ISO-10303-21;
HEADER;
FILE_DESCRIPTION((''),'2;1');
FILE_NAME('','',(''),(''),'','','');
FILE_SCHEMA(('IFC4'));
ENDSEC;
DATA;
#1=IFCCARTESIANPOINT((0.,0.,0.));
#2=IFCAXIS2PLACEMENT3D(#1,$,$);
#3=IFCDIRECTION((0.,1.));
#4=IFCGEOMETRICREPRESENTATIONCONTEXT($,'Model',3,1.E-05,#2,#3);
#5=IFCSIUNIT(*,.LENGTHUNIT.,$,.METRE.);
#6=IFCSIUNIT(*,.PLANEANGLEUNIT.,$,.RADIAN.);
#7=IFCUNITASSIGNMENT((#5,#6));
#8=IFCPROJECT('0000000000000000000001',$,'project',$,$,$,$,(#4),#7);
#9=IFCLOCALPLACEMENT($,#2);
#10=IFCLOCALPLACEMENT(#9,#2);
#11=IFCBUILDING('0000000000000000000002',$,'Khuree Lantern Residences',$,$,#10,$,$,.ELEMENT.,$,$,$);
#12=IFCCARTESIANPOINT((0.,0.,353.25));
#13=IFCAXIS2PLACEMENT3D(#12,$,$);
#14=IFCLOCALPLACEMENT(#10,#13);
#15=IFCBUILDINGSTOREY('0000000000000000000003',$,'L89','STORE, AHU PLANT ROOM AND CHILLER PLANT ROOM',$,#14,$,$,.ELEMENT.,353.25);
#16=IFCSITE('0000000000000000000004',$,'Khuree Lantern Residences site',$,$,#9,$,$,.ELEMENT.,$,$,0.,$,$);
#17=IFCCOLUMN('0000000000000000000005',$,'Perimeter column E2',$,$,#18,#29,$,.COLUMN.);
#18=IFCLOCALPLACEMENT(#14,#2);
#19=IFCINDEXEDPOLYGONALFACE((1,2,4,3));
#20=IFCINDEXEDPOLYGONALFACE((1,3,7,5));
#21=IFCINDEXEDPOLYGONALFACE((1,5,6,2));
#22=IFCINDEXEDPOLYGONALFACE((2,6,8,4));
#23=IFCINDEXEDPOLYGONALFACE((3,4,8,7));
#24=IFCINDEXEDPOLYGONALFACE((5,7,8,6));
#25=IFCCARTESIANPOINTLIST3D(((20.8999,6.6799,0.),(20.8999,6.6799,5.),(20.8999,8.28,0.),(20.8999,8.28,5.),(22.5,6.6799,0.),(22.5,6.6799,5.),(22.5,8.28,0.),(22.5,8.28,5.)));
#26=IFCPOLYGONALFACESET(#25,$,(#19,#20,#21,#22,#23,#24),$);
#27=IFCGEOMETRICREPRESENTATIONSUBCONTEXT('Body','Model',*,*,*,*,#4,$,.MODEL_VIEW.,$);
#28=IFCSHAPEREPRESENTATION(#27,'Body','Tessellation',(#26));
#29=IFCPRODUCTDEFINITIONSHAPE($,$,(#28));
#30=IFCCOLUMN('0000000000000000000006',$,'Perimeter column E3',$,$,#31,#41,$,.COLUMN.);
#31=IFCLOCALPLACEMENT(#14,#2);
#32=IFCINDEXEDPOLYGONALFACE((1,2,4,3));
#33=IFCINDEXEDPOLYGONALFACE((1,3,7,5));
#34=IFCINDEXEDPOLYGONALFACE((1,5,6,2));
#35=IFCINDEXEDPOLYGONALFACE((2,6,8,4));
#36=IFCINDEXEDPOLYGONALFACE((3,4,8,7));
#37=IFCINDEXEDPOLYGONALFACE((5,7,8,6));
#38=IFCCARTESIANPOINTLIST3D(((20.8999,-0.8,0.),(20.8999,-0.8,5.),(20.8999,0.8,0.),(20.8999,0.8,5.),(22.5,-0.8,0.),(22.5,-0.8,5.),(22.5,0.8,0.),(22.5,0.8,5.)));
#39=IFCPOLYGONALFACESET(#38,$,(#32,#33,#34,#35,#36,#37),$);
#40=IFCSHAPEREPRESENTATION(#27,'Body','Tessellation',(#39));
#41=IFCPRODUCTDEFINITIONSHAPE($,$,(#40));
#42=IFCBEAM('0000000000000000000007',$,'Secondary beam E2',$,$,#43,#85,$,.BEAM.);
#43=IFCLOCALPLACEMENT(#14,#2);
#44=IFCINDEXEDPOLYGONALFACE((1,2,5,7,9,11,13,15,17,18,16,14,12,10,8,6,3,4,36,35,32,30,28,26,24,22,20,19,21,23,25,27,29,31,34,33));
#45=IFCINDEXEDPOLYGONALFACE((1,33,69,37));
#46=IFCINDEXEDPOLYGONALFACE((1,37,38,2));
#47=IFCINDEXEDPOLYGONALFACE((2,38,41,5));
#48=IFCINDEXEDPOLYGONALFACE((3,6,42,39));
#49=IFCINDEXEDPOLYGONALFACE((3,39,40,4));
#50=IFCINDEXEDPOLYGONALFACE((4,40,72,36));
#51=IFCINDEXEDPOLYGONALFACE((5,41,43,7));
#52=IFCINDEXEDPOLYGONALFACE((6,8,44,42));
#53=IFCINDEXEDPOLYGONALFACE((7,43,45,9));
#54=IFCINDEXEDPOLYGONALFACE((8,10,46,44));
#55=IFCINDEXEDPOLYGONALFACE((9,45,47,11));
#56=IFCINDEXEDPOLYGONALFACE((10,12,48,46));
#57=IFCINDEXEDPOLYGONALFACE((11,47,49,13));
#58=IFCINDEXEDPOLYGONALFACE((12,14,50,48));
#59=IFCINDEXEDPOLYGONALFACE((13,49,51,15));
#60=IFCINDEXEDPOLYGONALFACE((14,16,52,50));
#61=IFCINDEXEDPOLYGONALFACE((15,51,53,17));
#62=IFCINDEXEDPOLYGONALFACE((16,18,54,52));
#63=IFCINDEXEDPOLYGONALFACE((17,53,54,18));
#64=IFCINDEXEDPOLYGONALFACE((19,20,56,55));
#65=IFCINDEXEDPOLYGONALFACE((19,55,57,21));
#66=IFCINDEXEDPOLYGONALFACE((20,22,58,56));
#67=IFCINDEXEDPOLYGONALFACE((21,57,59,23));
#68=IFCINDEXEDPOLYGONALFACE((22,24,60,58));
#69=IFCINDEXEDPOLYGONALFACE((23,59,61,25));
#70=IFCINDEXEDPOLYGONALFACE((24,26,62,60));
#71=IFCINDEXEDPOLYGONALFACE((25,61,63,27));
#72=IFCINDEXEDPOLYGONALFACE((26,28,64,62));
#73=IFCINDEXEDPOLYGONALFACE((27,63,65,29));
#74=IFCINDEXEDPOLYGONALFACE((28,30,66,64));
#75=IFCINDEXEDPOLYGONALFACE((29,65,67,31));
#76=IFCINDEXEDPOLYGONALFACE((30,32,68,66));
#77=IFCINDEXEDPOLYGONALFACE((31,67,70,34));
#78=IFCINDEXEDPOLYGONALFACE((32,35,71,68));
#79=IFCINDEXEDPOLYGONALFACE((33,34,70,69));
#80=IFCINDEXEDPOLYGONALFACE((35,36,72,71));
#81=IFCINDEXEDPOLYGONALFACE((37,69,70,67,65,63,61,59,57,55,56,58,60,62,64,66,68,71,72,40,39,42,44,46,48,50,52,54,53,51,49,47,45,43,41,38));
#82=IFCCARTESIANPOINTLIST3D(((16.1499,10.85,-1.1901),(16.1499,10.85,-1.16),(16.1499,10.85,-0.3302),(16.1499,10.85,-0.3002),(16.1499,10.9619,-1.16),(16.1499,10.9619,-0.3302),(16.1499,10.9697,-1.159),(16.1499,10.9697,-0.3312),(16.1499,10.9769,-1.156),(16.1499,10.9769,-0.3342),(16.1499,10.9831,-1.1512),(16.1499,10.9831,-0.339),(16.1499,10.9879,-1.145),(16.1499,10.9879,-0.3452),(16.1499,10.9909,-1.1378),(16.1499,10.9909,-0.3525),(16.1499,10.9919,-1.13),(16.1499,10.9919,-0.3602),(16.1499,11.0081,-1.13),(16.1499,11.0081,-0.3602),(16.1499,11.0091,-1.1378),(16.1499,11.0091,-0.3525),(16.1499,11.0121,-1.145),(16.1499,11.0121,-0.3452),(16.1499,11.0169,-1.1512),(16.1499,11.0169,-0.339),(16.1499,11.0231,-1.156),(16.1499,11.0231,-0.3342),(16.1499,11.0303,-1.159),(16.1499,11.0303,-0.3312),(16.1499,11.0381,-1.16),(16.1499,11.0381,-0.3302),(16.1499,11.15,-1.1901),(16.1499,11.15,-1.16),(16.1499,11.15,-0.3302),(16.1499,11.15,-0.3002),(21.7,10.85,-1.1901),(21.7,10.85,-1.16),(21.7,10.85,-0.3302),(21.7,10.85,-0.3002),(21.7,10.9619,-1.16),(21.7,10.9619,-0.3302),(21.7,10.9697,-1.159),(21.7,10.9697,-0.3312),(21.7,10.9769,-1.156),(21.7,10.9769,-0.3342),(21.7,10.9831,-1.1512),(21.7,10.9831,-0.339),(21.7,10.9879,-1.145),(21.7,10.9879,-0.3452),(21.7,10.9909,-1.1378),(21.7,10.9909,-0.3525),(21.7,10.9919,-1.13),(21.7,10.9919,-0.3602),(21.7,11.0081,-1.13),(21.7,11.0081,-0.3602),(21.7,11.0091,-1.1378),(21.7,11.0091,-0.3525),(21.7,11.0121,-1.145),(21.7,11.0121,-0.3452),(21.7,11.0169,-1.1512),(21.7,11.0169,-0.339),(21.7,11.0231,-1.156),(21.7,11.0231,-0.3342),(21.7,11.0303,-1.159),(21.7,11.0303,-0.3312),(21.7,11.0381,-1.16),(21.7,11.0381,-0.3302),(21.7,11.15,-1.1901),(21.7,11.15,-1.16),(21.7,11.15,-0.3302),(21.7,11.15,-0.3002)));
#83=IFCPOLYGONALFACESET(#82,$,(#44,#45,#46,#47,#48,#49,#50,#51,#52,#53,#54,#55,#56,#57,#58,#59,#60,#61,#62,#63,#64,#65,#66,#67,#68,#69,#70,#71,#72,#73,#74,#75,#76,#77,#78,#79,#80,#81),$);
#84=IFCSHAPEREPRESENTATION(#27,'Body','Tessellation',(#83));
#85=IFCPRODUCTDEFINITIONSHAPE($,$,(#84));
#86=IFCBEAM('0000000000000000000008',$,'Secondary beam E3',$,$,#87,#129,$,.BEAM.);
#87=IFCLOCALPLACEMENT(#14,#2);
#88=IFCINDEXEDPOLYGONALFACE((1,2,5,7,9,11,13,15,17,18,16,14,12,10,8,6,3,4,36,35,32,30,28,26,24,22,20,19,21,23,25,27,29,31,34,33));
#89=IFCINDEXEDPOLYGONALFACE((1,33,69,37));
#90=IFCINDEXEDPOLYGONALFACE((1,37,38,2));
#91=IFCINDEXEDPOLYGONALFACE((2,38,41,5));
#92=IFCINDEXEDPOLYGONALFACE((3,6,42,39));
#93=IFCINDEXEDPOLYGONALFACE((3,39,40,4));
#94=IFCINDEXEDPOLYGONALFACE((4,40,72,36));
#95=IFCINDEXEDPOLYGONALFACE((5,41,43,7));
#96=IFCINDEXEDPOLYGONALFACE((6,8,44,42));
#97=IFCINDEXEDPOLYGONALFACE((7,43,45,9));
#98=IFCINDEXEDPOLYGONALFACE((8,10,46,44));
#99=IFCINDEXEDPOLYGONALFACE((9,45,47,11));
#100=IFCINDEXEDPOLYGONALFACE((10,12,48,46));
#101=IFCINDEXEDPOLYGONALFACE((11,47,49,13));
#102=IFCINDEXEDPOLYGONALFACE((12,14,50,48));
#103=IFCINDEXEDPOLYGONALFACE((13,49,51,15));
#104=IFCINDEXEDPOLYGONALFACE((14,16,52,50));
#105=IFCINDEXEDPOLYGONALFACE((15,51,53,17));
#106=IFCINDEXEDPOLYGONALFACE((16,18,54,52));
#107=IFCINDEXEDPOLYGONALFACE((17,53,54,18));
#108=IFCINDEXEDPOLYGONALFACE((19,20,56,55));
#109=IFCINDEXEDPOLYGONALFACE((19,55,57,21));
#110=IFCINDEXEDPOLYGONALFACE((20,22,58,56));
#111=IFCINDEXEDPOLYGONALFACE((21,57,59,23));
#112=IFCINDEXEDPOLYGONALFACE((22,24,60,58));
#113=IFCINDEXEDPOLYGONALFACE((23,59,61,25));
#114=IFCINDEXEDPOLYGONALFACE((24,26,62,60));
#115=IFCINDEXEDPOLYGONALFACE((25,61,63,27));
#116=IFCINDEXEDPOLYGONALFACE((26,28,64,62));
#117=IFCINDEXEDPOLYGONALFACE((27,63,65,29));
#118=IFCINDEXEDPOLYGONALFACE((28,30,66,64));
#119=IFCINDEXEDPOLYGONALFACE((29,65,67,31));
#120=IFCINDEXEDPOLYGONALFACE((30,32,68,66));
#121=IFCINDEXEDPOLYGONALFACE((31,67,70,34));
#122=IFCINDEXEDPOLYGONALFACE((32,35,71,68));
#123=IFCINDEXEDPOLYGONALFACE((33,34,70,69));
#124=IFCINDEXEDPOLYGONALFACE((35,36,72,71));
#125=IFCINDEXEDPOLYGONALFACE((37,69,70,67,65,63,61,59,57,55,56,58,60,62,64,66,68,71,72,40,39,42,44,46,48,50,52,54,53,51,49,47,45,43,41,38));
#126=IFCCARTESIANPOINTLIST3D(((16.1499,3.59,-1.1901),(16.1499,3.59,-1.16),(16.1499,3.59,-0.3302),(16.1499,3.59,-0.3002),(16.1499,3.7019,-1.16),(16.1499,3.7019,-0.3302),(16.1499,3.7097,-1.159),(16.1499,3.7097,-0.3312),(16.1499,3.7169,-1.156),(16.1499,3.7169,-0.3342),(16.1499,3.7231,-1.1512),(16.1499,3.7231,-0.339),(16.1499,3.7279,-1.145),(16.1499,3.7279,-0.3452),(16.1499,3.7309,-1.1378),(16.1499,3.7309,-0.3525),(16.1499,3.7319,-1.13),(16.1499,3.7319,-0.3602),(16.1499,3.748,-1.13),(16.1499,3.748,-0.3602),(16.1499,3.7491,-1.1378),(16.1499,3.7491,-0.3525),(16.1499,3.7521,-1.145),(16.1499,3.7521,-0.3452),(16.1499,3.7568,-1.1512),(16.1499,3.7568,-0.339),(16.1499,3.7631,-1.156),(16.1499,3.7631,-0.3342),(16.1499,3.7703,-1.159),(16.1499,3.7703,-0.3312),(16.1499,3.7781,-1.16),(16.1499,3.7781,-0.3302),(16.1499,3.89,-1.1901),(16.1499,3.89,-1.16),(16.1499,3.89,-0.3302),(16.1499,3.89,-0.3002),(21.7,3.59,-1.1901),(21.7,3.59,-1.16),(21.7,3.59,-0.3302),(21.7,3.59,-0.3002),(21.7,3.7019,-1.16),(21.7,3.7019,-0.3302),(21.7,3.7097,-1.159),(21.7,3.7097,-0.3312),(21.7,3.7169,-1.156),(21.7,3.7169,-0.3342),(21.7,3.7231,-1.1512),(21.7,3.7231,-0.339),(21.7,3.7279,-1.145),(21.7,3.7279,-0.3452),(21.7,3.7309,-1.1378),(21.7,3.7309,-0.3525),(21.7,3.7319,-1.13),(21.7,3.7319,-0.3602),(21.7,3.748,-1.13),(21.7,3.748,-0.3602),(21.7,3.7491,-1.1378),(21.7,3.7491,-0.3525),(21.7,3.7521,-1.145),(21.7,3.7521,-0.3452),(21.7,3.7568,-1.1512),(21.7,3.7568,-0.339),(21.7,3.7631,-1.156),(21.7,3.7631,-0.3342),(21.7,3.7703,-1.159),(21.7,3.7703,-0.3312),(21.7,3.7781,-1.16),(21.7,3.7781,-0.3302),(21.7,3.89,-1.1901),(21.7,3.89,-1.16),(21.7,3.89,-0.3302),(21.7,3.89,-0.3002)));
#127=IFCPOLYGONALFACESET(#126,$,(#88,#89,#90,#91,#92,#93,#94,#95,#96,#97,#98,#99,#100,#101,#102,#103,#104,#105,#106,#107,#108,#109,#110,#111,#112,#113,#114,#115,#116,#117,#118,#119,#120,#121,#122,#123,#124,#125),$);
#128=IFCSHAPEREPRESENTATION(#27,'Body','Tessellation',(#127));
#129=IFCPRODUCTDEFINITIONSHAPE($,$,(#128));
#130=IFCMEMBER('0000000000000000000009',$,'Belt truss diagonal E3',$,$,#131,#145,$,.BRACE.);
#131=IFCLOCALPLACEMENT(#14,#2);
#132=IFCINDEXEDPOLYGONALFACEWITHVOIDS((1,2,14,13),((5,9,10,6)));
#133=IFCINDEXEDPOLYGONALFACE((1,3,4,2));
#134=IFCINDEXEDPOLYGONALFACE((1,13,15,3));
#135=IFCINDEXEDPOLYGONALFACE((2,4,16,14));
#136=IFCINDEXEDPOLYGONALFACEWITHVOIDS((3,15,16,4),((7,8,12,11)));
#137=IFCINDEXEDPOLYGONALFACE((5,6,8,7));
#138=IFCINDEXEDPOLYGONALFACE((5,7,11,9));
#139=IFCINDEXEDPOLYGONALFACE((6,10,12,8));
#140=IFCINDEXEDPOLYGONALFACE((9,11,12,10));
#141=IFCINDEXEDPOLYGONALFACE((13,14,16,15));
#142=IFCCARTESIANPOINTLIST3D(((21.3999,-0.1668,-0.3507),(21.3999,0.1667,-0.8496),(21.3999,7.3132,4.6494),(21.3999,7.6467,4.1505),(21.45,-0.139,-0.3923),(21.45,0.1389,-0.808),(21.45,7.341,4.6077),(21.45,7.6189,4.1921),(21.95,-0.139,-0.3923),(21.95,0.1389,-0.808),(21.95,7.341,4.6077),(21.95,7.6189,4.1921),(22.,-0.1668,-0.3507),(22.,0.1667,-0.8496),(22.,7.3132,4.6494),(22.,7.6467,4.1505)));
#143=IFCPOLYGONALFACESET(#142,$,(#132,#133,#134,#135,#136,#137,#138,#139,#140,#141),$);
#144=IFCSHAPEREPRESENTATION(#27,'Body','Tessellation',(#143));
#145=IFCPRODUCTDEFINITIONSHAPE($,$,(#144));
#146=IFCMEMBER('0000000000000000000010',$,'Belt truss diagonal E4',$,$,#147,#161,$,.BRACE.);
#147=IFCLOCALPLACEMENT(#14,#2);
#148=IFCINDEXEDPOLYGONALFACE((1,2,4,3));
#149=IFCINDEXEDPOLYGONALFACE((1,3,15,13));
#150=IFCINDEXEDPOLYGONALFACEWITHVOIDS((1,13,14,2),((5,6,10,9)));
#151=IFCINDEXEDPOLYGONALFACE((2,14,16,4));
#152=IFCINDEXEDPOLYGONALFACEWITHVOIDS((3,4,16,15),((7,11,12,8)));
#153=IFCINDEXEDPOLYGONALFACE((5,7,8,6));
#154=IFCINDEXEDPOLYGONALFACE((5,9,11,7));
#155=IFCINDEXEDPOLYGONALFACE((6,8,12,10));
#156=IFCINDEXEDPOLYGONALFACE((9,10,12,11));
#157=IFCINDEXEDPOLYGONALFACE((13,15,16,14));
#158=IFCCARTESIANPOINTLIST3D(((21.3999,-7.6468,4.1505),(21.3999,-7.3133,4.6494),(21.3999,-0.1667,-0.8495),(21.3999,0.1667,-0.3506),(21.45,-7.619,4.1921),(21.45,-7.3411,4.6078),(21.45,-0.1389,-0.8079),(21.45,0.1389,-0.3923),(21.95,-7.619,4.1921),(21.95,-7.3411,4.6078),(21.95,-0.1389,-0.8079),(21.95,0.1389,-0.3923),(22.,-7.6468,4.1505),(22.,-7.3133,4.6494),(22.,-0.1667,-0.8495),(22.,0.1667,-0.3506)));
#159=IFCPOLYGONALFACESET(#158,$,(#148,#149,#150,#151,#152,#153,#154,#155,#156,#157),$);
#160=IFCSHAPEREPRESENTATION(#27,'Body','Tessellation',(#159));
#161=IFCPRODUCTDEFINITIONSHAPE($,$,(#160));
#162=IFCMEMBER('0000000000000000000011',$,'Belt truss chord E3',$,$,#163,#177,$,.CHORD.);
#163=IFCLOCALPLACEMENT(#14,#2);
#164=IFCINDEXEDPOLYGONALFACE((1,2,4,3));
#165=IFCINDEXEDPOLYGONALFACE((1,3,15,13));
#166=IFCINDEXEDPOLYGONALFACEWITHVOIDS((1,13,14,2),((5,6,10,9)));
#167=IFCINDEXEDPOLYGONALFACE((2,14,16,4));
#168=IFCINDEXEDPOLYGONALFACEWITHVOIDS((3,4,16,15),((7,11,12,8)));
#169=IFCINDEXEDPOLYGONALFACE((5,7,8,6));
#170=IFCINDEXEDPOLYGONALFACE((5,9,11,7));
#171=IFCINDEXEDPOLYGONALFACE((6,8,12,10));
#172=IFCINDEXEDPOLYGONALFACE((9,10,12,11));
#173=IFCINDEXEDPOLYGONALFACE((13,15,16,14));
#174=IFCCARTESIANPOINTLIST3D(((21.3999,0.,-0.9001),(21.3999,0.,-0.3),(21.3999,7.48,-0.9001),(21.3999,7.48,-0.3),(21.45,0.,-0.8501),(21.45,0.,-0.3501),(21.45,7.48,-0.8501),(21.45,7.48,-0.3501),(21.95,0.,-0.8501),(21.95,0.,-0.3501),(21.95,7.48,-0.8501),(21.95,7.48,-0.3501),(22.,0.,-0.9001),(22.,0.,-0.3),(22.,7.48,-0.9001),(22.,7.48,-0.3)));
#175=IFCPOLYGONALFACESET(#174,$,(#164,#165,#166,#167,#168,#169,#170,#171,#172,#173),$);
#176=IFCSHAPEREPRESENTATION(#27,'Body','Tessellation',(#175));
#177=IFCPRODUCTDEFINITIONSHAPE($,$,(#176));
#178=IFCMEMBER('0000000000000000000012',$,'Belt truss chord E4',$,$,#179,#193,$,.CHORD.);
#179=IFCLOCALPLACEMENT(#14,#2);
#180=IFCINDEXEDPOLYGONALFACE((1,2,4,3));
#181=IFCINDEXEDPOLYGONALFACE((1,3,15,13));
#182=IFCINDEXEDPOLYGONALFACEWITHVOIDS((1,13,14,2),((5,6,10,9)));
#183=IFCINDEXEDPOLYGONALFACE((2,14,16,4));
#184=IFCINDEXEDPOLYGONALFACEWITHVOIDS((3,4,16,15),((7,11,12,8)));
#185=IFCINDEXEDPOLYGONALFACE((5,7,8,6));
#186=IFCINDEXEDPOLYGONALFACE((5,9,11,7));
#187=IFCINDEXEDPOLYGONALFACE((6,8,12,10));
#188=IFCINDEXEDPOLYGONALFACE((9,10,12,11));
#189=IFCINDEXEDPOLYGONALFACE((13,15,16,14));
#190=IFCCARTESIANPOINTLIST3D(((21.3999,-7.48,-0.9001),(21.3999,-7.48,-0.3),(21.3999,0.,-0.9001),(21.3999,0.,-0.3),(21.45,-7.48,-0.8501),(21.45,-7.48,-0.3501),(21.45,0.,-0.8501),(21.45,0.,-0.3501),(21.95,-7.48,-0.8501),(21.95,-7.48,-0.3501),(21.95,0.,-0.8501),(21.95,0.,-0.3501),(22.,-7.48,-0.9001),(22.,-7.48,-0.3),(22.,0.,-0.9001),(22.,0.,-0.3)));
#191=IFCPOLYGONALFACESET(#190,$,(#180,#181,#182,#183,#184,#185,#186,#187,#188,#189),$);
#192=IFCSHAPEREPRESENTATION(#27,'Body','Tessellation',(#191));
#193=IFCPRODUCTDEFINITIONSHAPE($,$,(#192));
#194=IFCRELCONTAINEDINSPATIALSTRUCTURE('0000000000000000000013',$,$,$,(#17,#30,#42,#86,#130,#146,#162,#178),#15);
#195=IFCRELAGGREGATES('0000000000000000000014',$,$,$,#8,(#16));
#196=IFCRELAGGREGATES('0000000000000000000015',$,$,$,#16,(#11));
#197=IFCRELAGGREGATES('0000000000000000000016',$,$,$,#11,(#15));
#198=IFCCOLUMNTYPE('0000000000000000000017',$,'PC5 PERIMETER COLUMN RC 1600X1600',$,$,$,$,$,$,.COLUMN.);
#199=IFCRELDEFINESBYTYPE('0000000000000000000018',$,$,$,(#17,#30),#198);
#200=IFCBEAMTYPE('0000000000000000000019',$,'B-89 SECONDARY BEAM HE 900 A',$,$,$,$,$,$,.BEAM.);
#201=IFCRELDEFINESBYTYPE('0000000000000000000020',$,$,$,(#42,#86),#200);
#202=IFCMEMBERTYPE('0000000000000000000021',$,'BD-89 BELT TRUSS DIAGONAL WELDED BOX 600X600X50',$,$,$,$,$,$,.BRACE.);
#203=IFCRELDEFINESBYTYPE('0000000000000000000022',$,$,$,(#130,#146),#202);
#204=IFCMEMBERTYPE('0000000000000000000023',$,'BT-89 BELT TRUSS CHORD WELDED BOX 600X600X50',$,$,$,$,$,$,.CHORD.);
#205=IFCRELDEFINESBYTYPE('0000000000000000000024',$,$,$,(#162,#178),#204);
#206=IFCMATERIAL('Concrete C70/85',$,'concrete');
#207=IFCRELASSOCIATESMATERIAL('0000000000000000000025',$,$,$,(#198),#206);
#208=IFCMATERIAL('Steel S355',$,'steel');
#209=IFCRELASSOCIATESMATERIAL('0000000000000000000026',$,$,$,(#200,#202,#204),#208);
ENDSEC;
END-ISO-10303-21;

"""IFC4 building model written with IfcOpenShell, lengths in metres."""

from ifc_helpers import new_model, si_unit, direction, frame, origin, origin_2d, place, context, subcontext, project, spatial, rectangle, hollow_rectangle, i_section, extrude, material, material_profile, profile_set, type_object, element, save


model = new_model("IFC4")

# Units and contexts
model_context = context("Model", 3, precision=1e-05, world=origin(), true_north=direction((0.0, 1.0)))
body_context = subcontext(model_context, "Body", "Model", "MODEL_VIEW")
ifc_project = project(units=[si_unit("LENGTHUNIT", "METRE"), si_unit("PLANEANGLEUNIT", "RADIAN")], contexts=[model_context])

# Site, building, storey
site_placement = place(None, origin())
site = spatial("IfcSite", under=ifc_project, at=site_placement, Name="Khuree Lantern Residences site", CompositionType="ELEMENT", RefElevation=0.0)
building_placement = place(site_placement, origin())
building = spatial("IfcBuilding", under=site, at=building_placement, Name="Khuree Lantern Residences", CompositionType="ELEMENT")
storey_placement = place(building_placement, frame((0.0, 0.0, 353.25)))
storey = spatial("IfcBuildingStorey", under=building, at=storey_placement, Name="L89", Description="STORE, AHU PLANT ROOM AND CHILLER PLANT ROOM", CompositionType="ELEMENT", Elevation=353.25)

# Columns
ifc_material_1 = material(Name="Concrete C70/85", Category="concrete")
ifc_material_profile_1 = material_profile(ifc_material_1, rectangle(XDim=1.6001, YDim=1.6001, at=origin_2d()), Name="RC 1600X1600")
ifc_profile_set_1 = profile_set([ifc_material_profile_1], Name="Concrete C70/85")
column_type = type_object("IfcColumnType", Name="PC5 PERIMETER COLUMN RC 1600X1600", PredefinedType="COLUMN", material=ifc_profile_set_1)
for number, where, z_axis, x_axis, name in (
    (1, (21.7, 7.48, 0.0), (0.0, 0.0, 1.0), (0.0, 1.0, 0.0), "Perimeter column E2"),
    (2, (21.7, 0.0, 0.0), (0.0, 0.0, 1.0), (0.0, 1.0, 0.0), "Perimeter column E3"),
):
    element("IfcColumn", number, at=place(storey_placement, frame(where, z_axis=z_axis, x_axis=x_axis)), inside=storey, type_object=column_type, Name=name, PredefinedType="COLUMN", context=body_context, shape_type="SweptSolid", body=[
        extrude(rectangle(XDim=1.6001, YDim=1.6001, at=origin_2d()), origin(), (0.0, 0.0, 1.0), 5.0),
    ])

# Beams
ifc_material_2 = material(Name="Steel S355", Category="steel")
ifc_material_profile_2 = material_profile(ifc_material_2, i_section(OverallWidth=0.3, OverallDepth=0.8899, WebThickness=0.0161, FlangeThickness=0.03, FilletRadius=0.03, at=origin_2d()), Name="HE 900 A")
ifc_profile_set_2 = profile_set([ifc_material_profile_2], Name="Steel S355")
beam_type = type_object("IfcBeamType", Name="B-89 SECONDARY BEAM HE 900 A", PredefinedType="BEAM", material=ifc_profile_set_2)
for number, where, z_axis, x_axis, name in (
    (3, (21.7, 11.0, -0.7451), (-1.0, 0.0, 0.0), (0.0, -1.0, 0.0), "Secondary beam E2"),
    (4, (21.7, 3.74, -0.7451), (-1.0, 0.0, 0.0), (0.0, -1.0, 0.0), "Secondary beam E3"),
):
    element("IfcBeam", number, at=place(storey_placement, frame(where, z_axis=z_axis, x_axis=x_axis)), inside=storey, type_object=beam_type, Name=name, PredefinedType="BEAM", context=body_context, shape_type="SweptSolid", body=[
        extrude(i_section(OverallWidth=0.3, OverallDepth=0.8899, WebThickness=0.0161, FlangeThickness=0.03, FilletRadius=0.03, at=origin_2d()), origin(), (0.0, 0.0, 1.0), 5.55),
    ])

# Members
ifc_material_profile_3 = material_profile(ifc_material_2, hollow_rectangle(XDim=0.6001, YDim=0.6001, WallThickness=0.05, at=origin_2d()), Name="WELDED BOX 600X600X50")
ifc_profile_set_3 = profile_set([ifc_material_profile_3], Name="Steel S355")
member_type_1 = type_object("IfcMemberType", Name="BD-89 BELT TRUSS DIAGONAL WELDED BOX 600X600X50", PredefinedType="BRACE", material=ifc_profile_set_3)
for number, where, z_axis, x_axis, name in (
    (5, (21.7, 7.48, 4.3999), (0.0, -0.831365, -0.555727), (1.0, 0.0, 0.0), "Belt truss diagonal E3"),
    (6, (21.7, 0.0, -0.6001), (0.0, -0.831365, 0.555727), (1.0, 0.0, 0.0), "Belt truss diagonal E4"),
):
    element("IfcMember", number, at=place(storey_placement, frame(where, z_axis=z_axis, x_axis=x_axis)), inside=storey, type_object=member_type_1, Name=name, PredefinedType="BRACE", context=body_context, shape_type="SweptSolid", body=[
        extrude(hollow_rectangle(XDim=0.6001, YDim=0.6001, WallThickness=0.05, at=origin_2d()), origin(), (0.0, 0.0, 1.0), 8.9973),
    ])
ifc_material_profile_4 = material_profile(ifc_material_2, hollow_rectangle(XDim=0.6001, YDim=0.6001, WallThickness=0.05, at=origin_2d()), Name="WELDED BOX 600X600X50")
ifc_profile_set_4 = profile_set([ifc_material_profile_4], Name="Steel S355")
member_type_2 = type_object("IfcMemberType", Name="BT-89 BELT TRUSS CHORD WELDED BOX 600X600X50", PredefinedType="CHORD", material=ifc_profile_set_4)
for number, where, z_axis, x_axis, name in (
    (7, (21.7, 7.48, -0.6001), (0.0, -1.0, 0.0), (1.0, 0.0, 0.0), "Belt truss chord E3"),
    (8, (21.7, 0.0, -0.6001), (0.0, -1.0, 0.0), (1.0, 0.0, 0.0), "Belt truss chord E4"),
):
    element("IfcMember", number, at=place(storey_placement, frame(where, z_axis=z_axis, x_axis=x_axis)), inside=storey, type_object=member_type_2, Name=name, PredefinedType="CHORD", context=body_context, shape_type="SweptSolid", body=[
        extrude(hollow_rectangle(XDim=0.6001, YDim=0.6001, WallThickness=0.05, at=origin_2d()), origin(), (0.0, 0.0, 1.0), 7.48),
    ])

save(model, "model.ifc")
